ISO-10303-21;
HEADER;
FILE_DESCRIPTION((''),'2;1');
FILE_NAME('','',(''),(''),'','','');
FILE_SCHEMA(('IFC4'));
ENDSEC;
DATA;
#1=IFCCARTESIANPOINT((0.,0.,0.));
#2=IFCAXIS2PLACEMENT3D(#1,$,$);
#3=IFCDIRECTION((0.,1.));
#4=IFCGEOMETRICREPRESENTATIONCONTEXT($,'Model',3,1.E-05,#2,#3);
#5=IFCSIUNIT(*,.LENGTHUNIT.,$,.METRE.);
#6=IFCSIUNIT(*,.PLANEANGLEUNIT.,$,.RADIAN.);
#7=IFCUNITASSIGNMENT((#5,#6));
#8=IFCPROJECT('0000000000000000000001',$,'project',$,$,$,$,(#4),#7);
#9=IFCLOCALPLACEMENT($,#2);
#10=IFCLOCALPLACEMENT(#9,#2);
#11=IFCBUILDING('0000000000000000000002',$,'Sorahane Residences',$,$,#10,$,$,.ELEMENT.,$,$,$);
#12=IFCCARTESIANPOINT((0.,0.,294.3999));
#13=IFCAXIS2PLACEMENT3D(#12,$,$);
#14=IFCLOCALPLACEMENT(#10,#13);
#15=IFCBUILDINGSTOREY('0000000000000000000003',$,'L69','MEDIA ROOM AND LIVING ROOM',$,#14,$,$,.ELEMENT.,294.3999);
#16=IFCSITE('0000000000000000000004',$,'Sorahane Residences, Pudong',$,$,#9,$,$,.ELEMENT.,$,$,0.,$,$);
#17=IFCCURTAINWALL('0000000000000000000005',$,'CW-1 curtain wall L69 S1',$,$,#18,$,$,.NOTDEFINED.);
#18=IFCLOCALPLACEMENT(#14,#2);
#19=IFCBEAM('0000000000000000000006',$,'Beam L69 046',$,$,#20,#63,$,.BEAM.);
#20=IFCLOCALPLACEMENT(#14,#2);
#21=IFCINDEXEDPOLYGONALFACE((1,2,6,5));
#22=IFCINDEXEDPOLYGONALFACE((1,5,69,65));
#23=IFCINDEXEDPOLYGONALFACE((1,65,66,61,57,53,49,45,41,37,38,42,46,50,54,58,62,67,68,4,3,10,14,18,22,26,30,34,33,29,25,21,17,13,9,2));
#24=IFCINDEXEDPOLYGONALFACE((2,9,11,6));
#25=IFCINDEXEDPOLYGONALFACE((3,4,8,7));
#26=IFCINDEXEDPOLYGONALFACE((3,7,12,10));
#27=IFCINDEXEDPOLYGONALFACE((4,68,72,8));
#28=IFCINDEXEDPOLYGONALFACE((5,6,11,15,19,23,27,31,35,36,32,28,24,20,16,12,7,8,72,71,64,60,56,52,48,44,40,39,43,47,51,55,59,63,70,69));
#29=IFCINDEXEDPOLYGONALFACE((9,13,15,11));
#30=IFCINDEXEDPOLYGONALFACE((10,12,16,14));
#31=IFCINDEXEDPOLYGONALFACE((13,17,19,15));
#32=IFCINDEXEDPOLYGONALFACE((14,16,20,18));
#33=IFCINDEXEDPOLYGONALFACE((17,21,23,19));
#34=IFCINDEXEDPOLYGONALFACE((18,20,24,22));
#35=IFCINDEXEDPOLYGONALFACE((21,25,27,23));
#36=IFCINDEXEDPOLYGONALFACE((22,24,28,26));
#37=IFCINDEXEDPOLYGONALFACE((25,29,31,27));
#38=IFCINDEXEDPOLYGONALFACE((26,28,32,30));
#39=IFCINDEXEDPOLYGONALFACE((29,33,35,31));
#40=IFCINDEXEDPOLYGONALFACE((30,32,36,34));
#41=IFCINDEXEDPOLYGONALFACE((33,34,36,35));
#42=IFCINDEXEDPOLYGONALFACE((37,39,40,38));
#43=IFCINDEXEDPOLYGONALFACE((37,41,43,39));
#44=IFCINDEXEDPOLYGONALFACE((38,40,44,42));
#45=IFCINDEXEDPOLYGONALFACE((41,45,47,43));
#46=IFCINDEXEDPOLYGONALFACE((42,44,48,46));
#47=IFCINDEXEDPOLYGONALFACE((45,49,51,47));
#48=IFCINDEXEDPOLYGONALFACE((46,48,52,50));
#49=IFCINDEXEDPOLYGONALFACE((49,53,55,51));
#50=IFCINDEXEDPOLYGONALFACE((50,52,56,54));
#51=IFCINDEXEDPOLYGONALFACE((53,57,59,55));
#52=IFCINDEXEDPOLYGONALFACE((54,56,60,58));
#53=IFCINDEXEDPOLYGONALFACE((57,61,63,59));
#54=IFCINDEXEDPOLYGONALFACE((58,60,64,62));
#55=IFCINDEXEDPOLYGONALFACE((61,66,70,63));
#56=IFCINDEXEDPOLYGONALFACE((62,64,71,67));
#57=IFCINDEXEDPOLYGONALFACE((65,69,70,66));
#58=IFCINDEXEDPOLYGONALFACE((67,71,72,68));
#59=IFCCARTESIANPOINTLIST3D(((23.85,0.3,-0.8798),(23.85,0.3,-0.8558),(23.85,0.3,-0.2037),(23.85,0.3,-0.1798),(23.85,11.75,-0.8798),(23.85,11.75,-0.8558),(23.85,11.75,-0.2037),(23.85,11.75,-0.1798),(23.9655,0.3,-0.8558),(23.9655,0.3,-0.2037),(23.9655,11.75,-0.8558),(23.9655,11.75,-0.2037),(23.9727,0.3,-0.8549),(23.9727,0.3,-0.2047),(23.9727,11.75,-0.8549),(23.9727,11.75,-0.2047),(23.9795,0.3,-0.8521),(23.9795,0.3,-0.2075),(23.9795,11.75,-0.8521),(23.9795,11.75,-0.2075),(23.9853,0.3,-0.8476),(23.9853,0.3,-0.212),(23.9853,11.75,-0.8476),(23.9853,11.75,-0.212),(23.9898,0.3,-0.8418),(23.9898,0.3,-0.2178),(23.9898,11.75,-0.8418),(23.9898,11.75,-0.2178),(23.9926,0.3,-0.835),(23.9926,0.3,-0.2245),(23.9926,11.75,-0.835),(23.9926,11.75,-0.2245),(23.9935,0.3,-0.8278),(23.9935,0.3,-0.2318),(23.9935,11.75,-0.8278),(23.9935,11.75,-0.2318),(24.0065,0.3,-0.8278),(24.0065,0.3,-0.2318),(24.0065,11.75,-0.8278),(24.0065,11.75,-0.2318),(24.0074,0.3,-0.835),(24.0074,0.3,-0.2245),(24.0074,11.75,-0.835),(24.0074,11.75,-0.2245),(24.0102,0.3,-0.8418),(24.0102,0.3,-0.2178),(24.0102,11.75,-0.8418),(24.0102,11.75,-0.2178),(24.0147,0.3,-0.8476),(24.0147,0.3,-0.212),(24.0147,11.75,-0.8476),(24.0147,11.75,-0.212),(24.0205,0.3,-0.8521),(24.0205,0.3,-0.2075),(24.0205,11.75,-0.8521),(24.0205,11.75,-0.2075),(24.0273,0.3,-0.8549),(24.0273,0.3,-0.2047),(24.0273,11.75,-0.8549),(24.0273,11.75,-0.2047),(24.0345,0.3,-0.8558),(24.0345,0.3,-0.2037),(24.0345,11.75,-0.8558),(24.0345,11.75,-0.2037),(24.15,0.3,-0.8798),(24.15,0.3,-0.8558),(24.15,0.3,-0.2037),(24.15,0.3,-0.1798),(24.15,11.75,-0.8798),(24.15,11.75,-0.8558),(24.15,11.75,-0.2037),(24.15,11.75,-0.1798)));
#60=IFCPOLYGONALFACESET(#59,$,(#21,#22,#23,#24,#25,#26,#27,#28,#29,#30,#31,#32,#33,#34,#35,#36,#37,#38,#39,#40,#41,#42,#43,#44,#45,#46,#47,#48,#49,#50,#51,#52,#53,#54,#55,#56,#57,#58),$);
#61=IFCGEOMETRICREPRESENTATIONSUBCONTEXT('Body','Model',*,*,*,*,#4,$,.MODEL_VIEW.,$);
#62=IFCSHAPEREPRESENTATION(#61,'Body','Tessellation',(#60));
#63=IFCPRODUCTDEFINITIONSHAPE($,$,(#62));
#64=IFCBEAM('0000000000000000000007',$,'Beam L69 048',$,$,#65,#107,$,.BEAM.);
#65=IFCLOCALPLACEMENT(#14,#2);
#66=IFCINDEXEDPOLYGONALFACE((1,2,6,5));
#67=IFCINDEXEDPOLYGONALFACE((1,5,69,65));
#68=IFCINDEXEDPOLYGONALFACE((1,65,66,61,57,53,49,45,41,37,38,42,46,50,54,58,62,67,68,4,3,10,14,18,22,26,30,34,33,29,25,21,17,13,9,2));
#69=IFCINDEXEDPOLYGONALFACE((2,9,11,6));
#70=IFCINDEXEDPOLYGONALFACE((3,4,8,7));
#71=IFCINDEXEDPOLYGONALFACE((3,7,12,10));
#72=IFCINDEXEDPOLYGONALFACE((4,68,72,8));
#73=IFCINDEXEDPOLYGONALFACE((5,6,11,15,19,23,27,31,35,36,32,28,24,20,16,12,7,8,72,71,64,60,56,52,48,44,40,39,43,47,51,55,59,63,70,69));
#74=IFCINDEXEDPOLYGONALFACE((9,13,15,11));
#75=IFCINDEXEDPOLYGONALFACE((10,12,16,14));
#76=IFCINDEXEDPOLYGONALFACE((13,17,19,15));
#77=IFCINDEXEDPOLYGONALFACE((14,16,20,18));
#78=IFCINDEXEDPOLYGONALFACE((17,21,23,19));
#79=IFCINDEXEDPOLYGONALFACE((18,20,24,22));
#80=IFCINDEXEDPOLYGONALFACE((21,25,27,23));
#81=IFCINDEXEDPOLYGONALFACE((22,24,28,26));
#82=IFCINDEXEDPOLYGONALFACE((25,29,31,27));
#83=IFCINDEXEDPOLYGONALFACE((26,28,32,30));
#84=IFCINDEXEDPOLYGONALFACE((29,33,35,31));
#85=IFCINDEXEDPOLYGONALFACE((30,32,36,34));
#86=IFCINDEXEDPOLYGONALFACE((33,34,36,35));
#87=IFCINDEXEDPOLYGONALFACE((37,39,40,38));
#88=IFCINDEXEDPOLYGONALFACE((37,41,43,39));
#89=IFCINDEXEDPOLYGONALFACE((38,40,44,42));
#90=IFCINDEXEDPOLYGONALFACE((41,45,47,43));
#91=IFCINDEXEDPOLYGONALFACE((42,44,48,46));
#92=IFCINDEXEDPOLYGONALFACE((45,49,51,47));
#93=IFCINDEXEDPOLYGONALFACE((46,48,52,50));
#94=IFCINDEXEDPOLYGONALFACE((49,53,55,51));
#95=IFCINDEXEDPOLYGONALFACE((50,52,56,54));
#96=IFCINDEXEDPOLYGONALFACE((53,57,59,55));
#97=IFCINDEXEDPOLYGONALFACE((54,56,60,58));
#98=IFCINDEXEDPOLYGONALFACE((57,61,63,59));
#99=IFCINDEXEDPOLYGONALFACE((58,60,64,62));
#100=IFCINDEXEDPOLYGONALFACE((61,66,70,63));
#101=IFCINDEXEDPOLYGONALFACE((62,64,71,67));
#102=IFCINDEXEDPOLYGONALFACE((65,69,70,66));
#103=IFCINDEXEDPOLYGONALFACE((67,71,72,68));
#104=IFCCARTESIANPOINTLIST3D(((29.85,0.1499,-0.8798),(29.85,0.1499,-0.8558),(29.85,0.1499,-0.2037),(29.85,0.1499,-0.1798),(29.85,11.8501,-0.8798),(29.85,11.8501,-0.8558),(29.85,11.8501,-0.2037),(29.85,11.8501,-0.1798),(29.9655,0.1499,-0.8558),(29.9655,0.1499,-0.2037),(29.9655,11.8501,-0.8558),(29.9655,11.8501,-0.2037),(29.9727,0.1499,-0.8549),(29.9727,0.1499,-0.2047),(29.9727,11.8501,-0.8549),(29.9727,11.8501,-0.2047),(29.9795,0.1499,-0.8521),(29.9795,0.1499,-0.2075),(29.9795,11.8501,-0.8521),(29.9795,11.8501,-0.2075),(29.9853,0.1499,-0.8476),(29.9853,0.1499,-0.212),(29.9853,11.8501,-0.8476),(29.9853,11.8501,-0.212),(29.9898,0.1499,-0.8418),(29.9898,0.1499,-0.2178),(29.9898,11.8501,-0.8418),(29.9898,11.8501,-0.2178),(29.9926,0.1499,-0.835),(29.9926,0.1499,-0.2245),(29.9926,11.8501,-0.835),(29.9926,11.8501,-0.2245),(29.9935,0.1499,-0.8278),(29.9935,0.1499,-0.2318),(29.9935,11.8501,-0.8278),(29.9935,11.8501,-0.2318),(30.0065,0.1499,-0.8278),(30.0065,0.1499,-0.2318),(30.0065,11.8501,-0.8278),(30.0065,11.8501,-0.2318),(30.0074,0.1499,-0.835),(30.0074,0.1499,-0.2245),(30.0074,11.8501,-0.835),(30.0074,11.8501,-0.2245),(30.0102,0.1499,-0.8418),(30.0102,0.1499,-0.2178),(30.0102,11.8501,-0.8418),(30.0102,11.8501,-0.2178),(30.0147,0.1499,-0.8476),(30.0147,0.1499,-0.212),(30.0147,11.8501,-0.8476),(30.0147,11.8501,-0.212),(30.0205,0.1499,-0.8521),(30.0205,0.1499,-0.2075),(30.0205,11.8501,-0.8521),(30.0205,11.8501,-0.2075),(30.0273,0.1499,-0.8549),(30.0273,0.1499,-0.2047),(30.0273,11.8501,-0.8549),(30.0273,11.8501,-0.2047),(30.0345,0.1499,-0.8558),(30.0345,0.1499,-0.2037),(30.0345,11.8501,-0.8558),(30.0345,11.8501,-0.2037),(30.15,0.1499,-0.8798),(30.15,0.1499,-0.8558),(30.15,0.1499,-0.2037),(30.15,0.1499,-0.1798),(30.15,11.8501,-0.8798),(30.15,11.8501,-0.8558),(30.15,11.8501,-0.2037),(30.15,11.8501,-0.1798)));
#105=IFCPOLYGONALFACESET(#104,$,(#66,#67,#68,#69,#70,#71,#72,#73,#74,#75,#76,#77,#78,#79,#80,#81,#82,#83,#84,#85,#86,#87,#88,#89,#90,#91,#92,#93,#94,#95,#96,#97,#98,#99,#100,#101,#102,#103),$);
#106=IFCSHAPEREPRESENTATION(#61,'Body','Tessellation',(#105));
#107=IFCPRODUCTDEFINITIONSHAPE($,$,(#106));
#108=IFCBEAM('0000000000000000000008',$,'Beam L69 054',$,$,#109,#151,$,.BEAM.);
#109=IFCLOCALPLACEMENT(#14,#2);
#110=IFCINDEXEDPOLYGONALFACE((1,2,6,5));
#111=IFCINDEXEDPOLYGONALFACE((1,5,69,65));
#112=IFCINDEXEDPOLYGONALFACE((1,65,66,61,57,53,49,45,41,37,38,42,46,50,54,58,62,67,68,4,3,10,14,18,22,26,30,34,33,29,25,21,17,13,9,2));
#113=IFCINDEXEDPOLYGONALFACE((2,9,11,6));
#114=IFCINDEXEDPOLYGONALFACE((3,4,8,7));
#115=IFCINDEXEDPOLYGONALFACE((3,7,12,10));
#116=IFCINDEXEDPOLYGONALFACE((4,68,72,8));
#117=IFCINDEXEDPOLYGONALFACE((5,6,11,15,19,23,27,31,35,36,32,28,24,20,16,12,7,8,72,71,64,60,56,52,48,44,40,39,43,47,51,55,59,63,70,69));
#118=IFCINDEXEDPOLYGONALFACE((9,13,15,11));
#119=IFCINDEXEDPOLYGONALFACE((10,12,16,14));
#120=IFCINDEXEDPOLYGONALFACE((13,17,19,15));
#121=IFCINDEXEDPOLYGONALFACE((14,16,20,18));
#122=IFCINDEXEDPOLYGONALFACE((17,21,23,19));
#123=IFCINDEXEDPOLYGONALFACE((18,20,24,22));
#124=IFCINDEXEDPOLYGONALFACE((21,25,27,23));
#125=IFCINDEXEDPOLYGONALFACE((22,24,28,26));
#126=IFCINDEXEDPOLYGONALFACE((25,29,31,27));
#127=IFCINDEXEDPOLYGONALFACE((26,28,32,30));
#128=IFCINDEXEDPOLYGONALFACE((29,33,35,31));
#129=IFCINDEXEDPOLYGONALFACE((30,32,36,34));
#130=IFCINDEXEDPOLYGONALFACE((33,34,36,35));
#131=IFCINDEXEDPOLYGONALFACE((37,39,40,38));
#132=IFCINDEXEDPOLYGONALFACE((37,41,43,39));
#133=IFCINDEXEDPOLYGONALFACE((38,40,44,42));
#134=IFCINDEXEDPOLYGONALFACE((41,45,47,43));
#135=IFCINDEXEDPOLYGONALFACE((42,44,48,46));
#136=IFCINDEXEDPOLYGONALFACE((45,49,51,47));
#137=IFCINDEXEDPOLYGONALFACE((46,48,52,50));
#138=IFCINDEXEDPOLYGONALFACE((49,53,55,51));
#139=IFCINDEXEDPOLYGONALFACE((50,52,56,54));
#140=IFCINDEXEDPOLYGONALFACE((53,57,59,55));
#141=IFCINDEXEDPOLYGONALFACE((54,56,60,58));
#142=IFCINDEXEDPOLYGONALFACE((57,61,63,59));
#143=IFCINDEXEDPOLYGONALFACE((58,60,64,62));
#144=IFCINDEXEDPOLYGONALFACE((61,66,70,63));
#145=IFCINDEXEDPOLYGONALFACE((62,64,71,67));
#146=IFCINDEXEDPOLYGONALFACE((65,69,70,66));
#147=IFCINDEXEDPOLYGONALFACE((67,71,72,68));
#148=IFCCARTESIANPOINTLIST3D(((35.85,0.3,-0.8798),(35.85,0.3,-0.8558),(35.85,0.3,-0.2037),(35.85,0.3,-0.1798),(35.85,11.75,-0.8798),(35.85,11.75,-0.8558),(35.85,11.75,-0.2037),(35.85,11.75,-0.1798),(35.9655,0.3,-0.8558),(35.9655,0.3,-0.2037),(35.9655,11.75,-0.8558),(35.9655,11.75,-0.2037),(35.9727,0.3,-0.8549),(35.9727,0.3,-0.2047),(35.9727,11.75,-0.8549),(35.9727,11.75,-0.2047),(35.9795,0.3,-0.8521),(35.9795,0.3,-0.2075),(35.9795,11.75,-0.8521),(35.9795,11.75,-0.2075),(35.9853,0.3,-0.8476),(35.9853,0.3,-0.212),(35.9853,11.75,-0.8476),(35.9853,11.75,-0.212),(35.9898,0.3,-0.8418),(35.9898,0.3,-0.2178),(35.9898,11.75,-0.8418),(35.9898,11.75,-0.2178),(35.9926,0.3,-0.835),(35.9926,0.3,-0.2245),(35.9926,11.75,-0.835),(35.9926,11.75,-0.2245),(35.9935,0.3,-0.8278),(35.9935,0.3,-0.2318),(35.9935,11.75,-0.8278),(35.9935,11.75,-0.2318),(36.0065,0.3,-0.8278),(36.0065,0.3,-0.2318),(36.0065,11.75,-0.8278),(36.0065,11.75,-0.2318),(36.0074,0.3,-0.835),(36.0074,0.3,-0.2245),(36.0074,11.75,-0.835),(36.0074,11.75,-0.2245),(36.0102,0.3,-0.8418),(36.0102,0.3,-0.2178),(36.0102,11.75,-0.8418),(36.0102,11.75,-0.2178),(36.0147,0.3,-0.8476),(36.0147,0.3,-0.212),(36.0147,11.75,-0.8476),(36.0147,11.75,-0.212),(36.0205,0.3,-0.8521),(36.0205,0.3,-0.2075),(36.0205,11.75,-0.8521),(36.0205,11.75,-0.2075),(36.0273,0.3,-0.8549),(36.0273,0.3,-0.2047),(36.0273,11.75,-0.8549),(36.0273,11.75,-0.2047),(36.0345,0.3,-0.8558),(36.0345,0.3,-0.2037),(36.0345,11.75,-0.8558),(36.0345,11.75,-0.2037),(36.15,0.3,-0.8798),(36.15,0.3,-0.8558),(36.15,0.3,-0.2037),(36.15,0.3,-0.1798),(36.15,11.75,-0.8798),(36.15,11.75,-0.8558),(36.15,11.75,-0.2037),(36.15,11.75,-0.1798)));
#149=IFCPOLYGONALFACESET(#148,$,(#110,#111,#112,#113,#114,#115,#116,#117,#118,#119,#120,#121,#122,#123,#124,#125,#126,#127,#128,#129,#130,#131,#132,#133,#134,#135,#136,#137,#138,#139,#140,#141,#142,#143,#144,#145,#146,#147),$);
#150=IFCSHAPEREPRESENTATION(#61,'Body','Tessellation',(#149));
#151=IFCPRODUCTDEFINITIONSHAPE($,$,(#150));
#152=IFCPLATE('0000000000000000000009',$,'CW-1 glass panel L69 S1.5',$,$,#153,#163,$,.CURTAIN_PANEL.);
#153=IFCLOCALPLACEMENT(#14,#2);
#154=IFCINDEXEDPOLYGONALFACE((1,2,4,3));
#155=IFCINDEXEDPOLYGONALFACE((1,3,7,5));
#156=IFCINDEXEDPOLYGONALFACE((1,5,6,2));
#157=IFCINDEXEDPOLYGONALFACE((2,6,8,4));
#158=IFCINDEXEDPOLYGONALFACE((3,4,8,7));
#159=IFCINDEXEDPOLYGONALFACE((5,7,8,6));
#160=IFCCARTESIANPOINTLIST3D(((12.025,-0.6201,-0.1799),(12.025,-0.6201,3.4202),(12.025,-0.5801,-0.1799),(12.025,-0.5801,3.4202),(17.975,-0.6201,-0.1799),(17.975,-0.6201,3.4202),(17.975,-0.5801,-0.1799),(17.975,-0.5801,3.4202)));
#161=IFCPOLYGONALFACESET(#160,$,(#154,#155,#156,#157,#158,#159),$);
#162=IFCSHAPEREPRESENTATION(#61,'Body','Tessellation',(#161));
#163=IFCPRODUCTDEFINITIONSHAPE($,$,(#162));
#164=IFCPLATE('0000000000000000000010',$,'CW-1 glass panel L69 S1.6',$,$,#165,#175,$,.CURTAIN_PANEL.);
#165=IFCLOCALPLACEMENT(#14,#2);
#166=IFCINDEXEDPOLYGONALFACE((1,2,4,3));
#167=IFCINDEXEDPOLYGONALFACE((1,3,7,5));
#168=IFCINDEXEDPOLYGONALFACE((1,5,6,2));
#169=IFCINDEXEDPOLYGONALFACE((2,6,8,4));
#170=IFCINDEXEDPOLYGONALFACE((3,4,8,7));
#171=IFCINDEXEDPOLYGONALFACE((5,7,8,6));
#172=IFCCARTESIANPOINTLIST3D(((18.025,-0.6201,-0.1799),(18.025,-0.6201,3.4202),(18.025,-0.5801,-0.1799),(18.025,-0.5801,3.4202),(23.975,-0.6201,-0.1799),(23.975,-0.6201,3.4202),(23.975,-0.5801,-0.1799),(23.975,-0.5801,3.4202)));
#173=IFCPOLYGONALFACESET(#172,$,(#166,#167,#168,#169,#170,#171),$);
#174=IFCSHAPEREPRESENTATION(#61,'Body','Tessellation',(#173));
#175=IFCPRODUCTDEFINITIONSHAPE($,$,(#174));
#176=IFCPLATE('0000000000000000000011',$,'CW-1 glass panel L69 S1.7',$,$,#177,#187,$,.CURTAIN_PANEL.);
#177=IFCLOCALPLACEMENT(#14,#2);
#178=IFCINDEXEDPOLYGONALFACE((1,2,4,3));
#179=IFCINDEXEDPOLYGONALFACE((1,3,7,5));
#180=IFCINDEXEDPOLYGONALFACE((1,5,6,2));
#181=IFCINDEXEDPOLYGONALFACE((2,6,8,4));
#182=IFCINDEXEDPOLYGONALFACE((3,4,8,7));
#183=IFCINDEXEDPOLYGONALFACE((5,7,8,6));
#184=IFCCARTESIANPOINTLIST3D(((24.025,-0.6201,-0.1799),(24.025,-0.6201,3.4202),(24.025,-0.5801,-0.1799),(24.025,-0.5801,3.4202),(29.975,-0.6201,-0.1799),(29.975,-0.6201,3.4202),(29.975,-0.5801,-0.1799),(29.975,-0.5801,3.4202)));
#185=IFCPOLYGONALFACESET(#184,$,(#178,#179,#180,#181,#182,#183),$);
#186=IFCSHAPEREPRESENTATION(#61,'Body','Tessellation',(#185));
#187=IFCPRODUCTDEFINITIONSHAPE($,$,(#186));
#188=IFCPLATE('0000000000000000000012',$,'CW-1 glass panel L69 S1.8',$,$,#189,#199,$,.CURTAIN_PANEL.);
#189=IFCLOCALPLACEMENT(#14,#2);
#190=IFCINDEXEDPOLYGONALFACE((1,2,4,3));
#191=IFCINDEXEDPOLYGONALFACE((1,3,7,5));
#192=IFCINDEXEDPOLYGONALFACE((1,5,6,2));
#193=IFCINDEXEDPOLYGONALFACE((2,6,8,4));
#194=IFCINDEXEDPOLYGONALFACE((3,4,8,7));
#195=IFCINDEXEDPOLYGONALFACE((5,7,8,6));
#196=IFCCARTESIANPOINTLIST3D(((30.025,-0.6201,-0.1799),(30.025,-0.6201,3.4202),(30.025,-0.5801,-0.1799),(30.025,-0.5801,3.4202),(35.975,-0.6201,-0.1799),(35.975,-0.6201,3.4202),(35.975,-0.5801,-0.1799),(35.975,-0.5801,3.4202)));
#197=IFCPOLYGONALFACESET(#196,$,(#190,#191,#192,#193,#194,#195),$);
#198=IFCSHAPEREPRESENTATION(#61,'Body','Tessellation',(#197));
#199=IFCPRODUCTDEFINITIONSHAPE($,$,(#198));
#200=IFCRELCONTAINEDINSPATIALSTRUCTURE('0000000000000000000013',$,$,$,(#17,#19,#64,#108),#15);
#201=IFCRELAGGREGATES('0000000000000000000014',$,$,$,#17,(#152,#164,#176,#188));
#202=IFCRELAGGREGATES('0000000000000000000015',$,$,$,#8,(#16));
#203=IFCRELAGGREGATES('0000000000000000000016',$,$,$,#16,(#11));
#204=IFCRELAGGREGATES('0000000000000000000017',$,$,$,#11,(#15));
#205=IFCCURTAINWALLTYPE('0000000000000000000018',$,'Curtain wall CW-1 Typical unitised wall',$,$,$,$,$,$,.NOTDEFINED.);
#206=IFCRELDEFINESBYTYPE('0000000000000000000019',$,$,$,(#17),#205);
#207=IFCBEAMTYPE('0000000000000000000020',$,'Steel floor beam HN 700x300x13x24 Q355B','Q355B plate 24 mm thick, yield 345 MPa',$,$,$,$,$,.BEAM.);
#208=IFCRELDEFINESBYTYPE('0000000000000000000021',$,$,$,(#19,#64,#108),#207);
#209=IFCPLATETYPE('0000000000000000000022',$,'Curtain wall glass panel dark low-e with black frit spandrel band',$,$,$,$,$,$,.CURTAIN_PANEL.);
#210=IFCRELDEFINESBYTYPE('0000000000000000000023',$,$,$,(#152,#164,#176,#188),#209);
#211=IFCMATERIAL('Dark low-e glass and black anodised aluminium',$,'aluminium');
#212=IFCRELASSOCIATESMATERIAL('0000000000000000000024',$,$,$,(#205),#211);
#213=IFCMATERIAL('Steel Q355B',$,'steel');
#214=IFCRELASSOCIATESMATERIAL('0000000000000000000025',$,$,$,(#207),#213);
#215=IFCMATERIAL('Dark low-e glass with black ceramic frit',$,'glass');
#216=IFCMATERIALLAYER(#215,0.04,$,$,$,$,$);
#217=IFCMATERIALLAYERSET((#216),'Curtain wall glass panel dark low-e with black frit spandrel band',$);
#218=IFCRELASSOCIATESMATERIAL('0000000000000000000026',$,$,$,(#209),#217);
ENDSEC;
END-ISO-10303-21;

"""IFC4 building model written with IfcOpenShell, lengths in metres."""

from ifc_helpers import new_model, si_unit, direction, frame, origin, origin_2d, place, context, subcontext, project, spatial, rectangle, i_section, extrude, material, layer, layer_set, material_profile, profile_set, type_object, element, aggregate, save


model = new_model("IFC4")

# Units and contexts
model_context = context("Model", 3, precision=1e-05, world=origin(), true_north=direction((0.0, 1.0)))
body_context = subcontext(model_context, "Body", "Model", "MODEL_VIEW")
ifc_project = project(units=[si_unit("LENGTHUNIT", "METRE"), si_unit("PLANEANGLEUNIT", "RADIAN")], contexts=[model_context])

# Site, building, storey
site_placement = place(None, origin())
site = spatial("IfcSite", under=ifc_project, at=site_placement, Name="Sorahane Residences, Pudong", CompositionType="ELEMENT", RefElevation=0.0)
building_placement = place(site_placement, origin())
building = spatial("IfcBuilding", under=site, at=building_placement, Name="Sorahane Residences", CompositionType="ELEMENT")
storey_placement = place(building_placement, frame((0.0, 0.0, 294.3999)))
storey = spatial("IfcBuildingStorey", under=building, at=storey_placement, Name="L69", Description="MEDIA ROOM AND LIVING ROOM", CompositionType="ELEMENT", Elevation=294.3999)

# Curtain wall
ifc_material_1 = material(Name="Dark low-e glass and black anodised aluminium", Category="aluminium")
curtain_wall_type = type_object("IfcCurtainWallType", Name="Curtain wall CW-1 Typical unitised wall", PredefinedType="NOTDEFINED", material=ifc_material_1)
curtain_wall_placement = place(storey_placement, origin())
curtain_wall = element("IfcCurtainWall", 1, at=curtain_wall_placement, inside=storey, type_object=curtain_wall_type, Name="CW-1 curtain wall L69 S1", PredefinedType="NOTDEFINED")

# Beams
ifc_material_2 = material(Name="Steel Q355B", Category="steel")
ifc_material_profile_1 = material_profile(ifc_material_2, i_section(OverallWidth=0.3, OverallDepth=0.7, WebThickness=0.0129, FlangeThickness=0.0239, FilletRadius=0.0281, at=origin_2d()), Name="HN 700x300x13x24")
ifc_profile_set_1 = profile_set([ifc_material_profile_1], Name="Steel Q355B")
beam_type_1 = type_object("IfcBeamType", Name="Steel floor beam HN 700x300x13x24 Q355B", Description="Q355B plate 24 mm thick, yield 345 MPa", PredefinedType="BEAM", material=ifc_profile_set_1)
beam_1_placement = place(storey_placement, frame((24.0, 0.3, -0.5298), z_axis=(0.0, 1.0, 0.0), x_axis=(-1.0, 0.0, 0.0)))
element("IfcBeam", 2, at=beam_1_placement, inside=storey, type_object=beam_type_1, Name="Beam L69 046", PredefinedType="BEAM", context=body_context, shape_type="SweptSolid", body=[
    extrude(i_section(OverallWidth=0.3, OverallDepth=0.7, WebThickness=0.0129, FlangeThickness=0.0239, FilletRadius=0.0281, at=origin_2d()), origin(), (0.0, 0.0, 1.0), 11.45),
])
beam_2_placement = place(storey_placement, frame((30.0, 0.1499, -0.5298), z_axis=(0.0, 1.0, 0.0), x_axis=(-1.0, 0.0, 0.0)))
element("IfcBeam", 3, at=beam_2_placement, inside=storey, type_object=beam_type_1, Name="Beam L69 048", PredefinedType="BEAM", context=body_context, shape_type="SweptSolid", body=[
    extrude(i_section(OverallWidth=0.3, OverallDepth=0.7, WebThickness=0.0129, FlangeThickness=0.0239, FilletRadius=0.0281, at=origin_2d()), origin(), (0.0, 0.0, 1.0), 11.7002),
])
beam_3_placement = place(storey_placement, frame((36.0, 0.3, -0.5298), z_axis=(0.0, 1.0, 0.0), x_axis=(-1.0, 0.0, 0.0)))
element("IfcBeam", 4, at=beam_3_placement, inside=storey, type_object=beam_type_1, Name="Beam L69 054", PredefinedType="BEAM", context=body_context, shape_type="SweptSolid", body=[
    extrude(i_section(OverallWidth=0.3, OverallDepth=0.7, WebThickness=0.0129, FlangeThickness=0.0239, FilletRadius=0.0281, at=origin_2d()), origin(), (0.0, 0.0, 1.0), 11.45),
])

# Plates
ifc_material_3 = material(Name="Dark low-e glass with black ceramic frit", Category="glass")
ifc_layer_1 = layer(ifc_material_3, 0.04)
ifc_layer_set_1 = layer_set([ifc_layer_1], Name="Curtain wall glass panel dark low-e with black frit spandrel band")
plate_type = type_object("IfcPlateType", Name="Curtain wall glass panel dark low-e with black frit spandrel band", PredefinedType="CURTAIN_PANEL", material=ifc_layer_set_1)
plate_1_placement = place(storey_placement, frame((15.0, -0.6001, -0.1799), z_axis=(0.0, 0.0, 1.0), x_axis=(1.0, 0.0, 0.0)))
plate_1 = element("IfcPlate", 5, at=plate_1_placement, type_object=plate_type, Name="CW-1 glass panel L69 S1.5", PredefinedType="CURTAIN_PANEL", context=body_context, shape_type="SweptSolid", body=[
    extrude(rectangle(XDim=5.95, YDim=0.04, at=origin_2d()), origin(), (0.0, 0.0, 1.0), 3.6001),
])
plate_2_placement = place(storey_placement, frame((21.0, -0.6001, -0.1799), z_axis=(0.0, 0.0, 1.0), x_axis=(1.0, 0.0, 0.0)))
plate_2 = element("IfcPlate", 6, at=plate_2_placement, type_object=plate_type, Name="CW-1 glass panel L69 S1.6", PredefinedType="CURTAIN_PANEL", context=body_context, shape_type="SweptSolid", body=[
    extrude(rectangle(XDim=5.95, YDim=0.04, at=origin_2d()), origin(), (0.0, 0.0, 1.0), 3.6001),
])
plate_3_placement = place(storey_placement, frame((27.0, -0.6001, -0.1799), z_axis=(0.0, 0.0, 1.0), x_axis=(1.0, 0.0, 0.0)))
plate_3 = element("IfcPlate", 7, at=plate_3_placement, type_object=plate_type, Name="CW-1 glass panel L69 S1.7", PredefinedType="CURTAIN_PANEL", context=body_context, shape_type="SweptSolid", body=[
    extrude(rectangle(XDim=5.95, YDim=0.04, at=origin_2d()), origin(), (0.0, 0.0, 1.0), 3.6001),
])
plate_4_placement = place(storey_placement, frame((33.0, -0.6001, -0.1799), z_axis=(0.0, 0.0, 1.0), x_axis=(1.0, 0.0, 0.0)))
plate_4 = element("IfcPlate", 8, at=plate_4_placement, type_object=plate_type, Name="CW-1 glass panel L69 S1.8", PredefinedType="CURTAIN_PANEL", context=body_context, shape_type="SweptSolid", body=[
    extrude(rectangle(XDim=5.95, YDim=0.04, at=origin_2d()), origin(), (0.0, 0.0, 1.0), 3.6001),
])
aggregate(curtain_wall, [plate_1, plate_2, plate_3, plate_4])

save(model, "model.ifc")
